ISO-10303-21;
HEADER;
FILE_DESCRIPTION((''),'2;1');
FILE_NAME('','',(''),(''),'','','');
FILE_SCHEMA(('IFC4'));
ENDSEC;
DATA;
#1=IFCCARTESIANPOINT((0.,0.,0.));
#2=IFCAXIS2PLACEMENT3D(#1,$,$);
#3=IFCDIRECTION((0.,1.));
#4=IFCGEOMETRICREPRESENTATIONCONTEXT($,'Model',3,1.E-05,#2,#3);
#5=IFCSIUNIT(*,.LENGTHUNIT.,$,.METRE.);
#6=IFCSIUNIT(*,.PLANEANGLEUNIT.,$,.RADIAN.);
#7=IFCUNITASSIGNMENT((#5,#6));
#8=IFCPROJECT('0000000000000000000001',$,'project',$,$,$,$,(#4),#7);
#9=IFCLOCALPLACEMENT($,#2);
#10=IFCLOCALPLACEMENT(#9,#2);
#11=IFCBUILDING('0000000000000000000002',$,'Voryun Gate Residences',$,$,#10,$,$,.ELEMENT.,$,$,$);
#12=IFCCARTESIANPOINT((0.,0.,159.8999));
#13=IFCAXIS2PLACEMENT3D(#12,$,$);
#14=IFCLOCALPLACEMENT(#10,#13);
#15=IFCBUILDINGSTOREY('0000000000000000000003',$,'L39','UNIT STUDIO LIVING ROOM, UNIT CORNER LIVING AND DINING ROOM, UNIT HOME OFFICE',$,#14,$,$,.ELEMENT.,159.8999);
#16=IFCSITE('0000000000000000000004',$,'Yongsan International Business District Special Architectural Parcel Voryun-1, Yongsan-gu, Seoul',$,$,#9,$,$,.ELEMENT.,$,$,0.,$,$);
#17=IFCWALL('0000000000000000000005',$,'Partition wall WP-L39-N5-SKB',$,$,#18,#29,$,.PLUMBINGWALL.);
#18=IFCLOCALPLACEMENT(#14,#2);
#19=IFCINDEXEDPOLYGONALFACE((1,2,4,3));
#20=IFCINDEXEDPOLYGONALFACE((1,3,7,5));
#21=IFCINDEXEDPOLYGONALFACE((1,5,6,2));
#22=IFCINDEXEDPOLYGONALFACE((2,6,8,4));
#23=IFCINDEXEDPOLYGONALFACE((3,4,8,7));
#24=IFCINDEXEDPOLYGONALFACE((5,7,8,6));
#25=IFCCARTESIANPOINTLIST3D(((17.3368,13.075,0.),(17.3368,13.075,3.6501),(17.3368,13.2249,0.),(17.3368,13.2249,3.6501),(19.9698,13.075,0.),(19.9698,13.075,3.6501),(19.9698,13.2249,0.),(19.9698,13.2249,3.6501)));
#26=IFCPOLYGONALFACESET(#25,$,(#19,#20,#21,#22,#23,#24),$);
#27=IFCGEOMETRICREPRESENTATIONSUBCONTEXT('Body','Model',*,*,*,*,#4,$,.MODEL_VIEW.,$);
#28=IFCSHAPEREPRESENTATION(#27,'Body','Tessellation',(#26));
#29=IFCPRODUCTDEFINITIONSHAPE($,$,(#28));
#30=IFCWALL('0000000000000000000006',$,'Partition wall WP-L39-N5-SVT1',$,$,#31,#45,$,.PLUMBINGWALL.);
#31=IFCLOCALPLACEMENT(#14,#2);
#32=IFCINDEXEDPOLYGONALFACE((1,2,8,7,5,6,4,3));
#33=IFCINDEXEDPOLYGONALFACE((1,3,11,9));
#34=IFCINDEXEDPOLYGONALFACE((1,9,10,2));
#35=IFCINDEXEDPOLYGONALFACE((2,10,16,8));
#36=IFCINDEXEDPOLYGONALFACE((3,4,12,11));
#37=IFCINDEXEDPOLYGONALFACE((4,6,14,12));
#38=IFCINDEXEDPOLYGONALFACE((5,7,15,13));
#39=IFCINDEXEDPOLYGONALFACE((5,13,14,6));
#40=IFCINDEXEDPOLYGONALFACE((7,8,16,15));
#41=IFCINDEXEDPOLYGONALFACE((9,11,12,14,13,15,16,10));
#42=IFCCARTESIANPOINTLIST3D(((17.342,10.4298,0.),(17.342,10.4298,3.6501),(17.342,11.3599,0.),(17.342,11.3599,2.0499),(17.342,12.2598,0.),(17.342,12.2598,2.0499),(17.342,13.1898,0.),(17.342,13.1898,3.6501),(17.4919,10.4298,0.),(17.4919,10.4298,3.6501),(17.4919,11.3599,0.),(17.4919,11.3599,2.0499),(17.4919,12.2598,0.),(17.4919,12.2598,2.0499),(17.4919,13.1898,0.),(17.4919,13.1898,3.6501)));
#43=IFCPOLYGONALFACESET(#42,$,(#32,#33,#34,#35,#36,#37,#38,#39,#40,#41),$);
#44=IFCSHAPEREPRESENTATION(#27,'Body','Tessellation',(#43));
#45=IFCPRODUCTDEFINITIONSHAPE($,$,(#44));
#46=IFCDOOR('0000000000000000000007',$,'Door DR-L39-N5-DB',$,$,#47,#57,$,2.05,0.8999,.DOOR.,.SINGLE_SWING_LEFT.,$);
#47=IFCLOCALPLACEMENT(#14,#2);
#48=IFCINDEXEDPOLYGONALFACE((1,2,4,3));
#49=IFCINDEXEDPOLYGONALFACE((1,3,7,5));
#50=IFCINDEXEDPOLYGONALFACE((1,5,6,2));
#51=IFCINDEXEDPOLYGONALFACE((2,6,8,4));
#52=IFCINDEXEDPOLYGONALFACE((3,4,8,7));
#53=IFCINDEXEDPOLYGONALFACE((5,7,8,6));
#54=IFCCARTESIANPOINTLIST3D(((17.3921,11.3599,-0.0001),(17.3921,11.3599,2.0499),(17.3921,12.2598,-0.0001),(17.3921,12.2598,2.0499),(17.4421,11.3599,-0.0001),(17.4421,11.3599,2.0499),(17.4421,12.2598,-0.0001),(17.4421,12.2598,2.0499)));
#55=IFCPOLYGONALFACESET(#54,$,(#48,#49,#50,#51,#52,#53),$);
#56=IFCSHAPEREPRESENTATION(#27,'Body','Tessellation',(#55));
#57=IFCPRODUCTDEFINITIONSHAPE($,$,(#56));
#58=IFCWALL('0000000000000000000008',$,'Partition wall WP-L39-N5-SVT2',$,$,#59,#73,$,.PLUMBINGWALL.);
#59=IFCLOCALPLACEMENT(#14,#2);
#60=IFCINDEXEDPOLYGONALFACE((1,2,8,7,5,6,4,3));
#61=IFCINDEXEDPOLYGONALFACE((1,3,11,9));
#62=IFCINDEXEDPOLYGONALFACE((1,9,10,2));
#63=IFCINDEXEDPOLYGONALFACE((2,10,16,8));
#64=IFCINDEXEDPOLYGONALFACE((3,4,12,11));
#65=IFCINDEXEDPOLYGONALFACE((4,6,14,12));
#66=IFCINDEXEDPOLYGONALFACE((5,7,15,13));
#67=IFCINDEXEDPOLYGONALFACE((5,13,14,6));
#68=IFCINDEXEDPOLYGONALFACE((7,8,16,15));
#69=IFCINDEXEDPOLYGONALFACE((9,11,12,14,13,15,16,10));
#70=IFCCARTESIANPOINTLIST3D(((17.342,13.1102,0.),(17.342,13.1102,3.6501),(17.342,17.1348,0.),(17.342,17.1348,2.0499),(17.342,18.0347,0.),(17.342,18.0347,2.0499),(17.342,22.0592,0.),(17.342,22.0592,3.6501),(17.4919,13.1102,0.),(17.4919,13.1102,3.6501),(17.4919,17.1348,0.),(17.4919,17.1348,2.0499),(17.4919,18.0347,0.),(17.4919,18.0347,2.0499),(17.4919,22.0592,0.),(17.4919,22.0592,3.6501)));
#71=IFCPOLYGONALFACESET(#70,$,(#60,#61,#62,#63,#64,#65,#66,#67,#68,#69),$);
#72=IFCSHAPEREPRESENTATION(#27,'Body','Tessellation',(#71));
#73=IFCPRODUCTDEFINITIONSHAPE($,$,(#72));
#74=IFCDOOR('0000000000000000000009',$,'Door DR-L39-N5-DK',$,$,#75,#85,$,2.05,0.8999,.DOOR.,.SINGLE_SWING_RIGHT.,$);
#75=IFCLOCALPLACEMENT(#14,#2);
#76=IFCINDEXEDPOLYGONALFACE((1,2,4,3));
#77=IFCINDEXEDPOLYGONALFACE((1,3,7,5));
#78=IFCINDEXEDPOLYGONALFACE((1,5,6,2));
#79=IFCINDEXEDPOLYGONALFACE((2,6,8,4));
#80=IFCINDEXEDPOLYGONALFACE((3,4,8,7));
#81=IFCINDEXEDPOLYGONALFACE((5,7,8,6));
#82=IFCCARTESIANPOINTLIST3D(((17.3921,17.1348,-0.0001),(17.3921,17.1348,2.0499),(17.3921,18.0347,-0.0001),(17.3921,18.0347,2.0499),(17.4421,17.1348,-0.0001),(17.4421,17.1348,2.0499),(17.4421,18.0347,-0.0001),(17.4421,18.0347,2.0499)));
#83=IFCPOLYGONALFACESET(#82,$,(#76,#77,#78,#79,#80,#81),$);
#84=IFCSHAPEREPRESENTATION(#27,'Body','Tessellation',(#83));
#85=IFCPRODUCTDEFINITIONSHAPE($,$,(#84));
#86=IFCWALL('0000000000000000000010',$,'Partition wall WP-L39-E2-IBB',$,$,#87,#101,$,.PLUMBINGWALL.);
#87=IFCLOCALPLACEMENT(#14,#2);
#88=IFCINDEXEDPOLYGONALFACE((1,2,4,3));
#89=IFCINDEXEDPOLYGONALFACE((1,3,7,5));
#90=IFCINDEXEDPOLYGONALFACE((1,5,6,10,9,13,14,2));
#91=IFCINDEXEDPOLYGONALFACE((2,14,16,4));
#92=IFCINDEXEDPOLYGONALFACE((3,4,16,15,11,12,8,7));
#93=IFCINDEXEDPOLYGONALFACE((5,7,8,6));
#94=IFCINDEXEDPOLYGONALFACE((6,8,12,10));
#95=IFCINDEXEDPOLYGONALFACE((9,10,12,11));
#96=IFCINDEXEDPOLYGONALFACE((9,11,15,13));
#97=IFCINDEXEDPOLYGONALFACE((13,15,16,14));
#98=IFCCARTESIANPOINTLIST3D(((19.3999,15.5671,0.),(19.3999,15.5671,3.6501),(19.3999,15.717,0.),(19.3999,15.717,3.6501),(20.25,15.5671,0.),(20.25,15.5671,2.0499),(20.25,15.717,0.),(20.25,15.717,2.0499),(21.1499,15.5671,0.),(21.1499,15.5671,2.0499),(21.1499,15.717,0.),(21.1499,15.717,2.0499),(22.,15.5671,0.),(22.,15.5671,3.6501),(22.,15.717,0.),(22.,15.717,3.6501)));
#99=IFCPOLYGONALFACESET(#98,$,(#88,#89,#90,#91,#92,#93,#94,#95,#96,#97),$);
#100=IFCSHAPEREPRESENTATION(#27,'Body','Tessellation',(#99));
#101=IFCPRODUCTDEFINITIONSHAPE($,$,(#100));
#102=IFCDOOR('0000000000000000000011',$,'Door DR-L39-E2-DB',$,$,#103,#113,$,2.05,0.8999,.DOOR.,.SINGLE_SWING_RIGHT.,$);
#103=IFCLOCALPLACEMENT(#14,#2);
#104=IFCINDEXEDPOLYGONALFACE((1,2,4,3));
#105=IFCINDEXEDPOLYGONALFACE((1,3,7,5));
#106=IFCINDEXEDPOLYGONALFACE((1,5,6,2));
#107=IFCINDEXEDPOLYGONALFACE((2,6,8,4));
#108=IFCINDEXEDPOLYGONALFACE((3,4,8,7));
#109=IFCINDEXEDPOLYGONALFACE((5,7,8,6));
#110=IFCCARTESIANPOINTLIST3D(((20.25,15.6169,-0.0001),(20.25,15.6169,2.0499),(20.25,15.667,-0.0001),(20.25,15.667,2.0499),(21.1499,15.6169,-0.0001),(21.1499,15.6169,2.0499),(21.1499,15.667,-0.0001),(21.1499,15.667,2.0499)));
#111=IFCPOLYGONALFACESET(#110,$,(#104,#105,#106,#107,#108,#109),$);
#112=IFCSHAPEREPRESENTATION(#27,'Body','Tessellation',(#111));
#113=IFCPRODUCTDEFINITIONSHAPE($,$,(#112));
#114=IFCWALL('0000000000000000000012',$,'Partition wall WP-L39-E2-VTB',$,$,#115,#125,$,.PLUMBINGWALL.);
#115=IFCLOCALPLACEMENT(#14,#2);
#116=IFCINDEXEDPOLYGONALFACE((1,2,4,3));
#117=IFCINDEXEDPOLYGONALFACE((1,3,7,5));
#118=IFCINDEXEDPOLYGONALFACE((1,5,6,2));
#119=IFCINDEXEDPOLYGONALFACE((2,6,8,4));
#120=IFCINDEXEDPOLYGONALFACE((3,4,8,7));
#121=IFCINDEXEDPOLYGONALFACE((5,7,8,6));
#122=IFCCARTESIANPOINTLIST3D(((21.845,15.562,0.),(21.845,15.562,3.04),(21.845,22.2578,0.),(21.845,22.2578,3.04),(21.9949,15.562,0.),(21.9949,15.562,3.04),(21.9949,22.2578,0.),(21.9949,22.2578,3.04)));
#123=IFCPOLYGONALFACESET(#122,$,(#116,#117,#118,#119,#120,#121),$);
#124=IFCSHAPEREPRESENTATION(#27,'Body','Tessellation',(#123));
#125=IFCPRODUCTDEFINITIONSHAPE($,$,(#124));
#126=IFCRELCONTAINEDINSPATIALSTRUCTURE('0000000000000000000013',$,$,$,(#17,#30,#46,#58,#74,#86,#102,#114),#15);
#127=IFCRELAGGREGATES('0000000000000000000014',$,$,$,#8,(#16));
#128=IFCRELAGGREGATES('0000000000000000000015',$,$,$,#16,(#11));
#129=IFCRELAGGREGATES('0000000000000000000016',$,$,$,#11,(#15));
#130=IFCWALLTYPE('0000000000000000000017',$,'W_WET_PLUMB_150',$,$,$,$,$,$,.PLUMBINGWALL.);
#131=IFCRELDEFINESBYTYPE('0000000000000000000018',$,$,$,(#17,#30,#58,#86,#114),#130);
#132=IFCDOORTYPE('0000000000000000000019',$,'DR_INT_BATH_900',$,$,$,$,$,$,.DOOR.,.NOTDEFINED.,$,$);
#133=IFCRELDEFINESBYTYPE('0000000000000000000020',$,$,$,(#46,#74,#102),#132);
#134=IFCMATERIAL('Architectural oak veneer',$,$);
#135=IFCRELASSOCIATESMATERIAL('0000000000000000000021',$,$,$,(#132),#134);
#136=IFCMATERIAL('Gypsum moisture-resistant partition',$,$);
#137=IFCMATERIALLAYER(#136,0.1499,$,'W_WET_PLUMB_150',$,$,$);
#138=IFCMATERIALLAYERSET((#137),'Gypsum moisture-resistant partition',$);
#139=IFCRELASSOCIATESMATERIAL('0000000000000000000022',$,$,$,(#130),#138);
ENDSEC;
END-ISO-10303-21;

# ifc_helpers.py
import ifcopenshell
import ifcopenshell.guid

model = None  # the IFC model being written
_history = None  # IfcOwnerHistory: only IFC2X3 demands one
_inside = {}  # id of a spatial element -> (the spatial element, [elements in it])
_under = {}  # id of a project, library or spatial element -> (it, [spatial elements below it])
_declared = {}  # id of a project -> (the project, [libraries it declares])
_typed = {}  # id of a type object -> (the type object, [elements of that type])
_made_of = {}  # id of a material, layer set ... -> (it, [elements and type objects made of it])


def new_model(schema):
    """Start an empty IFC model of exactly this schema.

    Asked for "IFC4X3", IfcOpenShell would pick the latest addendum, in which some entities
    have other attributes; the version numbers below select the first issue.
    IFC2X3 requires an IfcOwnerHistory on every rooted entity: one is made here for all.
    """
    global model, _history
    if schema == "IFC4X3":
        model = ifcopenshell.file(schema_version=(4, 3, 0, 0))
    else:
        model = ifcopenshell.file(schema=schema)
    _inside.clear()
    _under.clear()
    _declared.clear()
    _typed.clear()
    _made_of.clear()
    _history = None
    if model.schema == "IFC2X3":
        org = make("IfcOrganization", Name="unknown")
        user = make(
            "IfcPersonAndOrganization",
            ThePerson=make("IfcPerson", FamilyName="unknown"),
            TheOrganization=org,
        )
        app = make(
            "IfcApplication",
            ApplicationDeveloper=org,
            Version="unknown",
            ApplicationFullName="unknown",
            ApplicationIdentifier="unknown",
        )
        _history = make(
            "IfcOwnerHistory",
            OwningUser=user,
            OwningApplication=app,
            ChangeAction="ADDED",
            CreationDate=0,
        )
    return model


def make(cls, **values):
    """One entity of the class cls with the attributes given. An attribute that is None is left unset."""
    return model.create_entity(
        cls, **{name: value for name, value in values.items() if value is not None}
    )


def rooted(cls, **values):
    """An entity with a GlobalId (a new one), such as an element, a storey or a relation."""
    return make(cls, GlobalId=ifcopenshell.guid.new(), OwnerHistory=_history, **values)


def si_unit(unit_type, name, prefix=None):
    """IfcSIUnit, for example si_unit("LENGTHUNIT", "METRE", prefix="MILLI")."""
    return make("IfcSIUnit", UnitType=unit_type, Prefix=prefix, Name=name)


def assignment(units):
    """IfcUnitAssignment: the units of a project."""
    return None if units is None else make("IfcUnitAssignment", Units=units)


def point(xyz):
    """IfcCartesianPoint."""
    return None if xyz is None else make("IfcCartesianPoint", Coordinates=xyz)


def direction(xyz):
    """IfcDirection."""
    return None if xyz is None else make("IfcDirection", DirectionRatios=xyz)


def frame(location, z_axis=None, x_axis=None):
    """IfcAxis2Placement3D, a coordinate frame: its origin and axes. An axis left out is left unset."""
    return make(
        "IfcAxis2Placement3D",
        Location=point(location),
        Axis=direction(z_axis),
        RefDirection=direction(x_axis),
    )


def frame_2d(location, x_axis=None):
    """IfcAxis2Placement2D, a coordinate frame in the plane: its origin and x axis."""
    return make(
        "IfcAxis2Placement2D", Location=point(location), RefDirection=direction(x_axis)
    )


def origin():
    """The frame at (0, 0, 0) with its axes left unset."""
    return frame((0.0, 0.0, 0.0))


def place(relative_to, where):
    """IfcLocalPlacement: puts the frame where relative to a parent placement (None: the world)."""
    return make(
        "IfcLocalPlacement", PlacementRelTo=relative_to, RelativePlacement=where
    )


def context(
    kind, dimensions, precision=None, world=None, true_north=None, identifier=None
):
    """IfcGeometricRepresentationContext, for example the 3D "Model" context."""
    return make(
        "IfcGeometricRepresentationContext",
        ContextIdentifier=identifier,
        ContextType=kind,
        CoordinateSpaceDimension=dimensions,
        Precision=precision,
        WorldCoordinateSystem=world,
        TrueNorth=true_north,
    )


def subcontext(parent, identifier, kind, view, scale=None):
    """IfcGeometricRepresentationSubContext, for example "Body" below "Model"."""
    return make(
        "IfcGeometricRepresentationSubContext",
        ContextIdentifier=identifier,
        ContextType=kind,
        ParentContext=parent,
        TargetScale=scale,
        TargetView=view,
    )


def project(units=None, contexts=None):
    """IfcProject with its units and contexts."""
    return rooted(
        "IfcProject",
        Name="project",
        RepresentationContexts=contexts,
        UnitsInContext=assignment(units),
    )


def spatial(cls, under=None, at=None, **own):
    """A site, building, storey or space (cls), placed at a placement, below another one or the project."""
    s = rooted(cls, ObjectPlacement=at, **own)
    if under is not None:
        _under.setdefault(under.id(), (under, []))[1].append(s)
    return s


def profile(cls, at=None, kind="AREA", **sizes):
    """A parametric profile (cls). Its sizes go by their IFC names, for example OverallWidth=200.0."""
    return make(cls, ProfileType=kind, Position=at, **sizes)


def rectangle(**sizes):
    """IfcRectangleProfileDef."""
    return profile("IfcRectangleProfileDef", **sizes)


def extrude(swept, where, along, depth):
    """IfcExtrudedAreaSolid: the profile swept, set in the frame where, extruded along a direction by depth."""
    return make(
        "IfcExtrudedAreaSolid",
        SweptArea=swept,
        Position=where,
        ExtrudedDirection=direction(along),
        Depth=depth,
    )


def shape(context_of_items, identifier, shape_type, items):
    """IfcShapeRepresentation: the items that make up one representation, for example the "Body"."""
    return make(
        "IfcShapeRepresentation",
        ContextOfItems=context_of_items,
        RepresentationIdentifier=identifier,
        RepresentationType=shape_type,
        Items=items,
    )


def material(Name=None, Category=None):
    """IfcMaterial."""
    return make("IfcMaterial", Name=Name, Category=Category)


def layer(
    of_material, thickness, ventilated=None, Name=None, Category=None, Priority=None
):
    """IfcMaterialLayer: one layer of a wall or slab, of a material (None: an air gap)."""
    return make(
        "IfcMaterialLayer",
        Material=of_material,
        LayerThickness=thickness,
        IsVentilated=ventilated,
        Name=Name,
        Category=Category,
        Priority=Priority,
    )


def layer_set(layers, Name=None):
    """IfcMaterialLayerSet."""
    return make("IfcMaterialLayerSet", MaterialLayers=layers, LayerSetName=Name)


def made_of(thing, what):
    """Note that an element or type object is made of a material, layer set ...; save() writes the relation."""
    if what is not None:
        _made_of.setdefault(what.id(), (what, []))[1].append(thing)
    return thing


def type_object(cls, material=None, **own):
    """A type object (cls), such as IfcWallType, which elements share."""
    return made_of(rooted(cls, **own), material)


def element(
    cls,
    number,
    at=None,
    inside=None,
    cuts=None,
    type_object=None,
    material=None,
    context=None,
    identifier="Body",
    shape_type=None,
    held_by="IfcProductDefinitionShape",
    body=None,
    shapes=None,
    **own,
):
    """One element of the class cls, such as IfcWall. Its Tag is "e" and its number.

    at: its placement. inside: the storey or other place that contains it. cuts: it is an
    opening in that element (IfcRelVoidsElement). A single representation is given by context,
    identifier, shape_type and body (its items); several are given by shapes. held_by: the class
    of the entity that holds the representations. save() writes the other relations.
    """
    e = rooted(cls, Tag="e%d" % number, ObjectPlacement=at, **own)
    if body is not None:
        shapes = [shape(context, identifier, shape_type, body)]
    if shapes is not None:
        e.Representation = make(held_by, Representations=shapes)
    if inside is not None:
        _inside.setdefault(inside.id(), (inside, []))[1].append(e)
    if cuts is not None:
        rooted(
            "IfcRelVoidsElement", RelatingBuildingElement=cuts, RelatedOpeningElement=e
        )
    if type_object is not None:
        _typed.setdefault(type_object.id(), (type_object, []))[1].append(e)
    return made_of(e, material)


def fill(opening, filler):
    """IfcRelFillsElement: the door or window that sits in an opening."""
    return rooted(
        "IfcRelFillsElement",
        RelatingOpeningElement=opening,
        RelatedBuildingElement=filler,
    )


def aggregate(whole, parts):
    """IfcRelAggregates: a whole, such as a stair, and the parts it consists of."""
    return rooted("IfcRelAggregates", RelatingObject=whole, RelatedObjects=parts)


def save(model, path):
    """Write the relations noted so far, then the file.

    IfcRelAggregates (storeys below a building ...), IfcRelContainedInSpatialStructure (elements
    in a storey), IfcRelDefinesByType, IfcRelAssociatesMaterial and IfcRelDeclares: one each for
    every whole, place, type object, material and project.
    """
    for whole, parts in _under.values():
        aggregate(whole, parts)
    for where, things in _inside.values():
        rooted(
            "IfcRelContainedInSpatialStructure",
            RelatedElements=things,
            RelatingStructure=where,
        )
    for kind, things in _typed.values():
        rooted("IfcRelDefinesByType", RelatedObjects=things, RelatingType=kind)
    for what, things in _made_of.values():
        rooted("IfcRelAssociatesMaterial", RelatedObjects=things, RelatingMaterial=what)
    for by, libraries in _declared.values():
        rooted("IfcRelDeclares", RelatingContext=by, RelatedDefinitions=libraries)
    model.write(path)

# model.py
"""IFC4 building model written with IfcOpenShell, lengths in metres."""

from ifc_helpers import new_model, si_unit, direction, frame, frame_2d, origin, place, context, subcontext, project, spatial, rectangle, extrude, material, layer, layer_set, type_object, element, fill, save


model = new_model("IFC4")

# Units and contexts
model_context = context("Model", 3, precision=1e-05, world=origin(), true_north=direction((0.0, 1.0)))
body_context = subcontext(model_context, "Body", "Model", "MODEL_VIEW")
ifc_project = project(units=[si_unit("LENGTHUNIT", "METRE"), si_unit("PLANEANGLEUNIT", "RADIAN")], contexts=[model_context])

# Site, building, storey
site_placement = place(None, origin())
site = spatial("IfcSite", under=ifc_project, at=site_placement, Name="Yongsan International Business District Special Architectural Parcel Voryun-1, Yongsan-gu, Seoul", CompositionType="ELEMENT", RefElevation=0.0)
building_placement = place(site_placement, origin())
building = spatial("IfcBuilding", under=site, at=building_placement, Name="Voryun Gate Residences", CompositionType="ELEMENT")
storey_placement = place(building_placement, frame((0.0, 0.0, 159.8999)))
storey = spatial("IfcBuildingStorey", under=building, at=storey_placement, Name="L39", Description="UNIT STUDIO LIVING ROOM, UNIT CORNER LIVING AND DINING ROOM, UNIT HOME OFFICE", CompositionType="ELEMENT", Elevation=159.8999)

# Shared definitions
ifc_material_1 = material(Name="Architectural oak veneer")
door_type_1 = type_object("IfcDoorType", Name="DR_INT_BATH_900", OperationType="NOTDEFINED", PredefinedType="DOOR", material=ifc_material_1)

# Wall
ifc_material_2 = material(Name="Gypsum moisture-resistant partition")
ifc_layer_1 = layer(ifc_material_2, 0.1499, Name="W_WET_PLUMB_150")
ifc_layer_set_1 = layer_set([ifc_layer_1], Name="Gypsum moisture-resistant partition")
wall_type_1 = type_object("IfcWallType", Name="W_WET_PLUMB_150", PredefinedType="PLUMBINGWALL", material=ifc_layer_set_1)
wall_1_placement = place(storey_placement, frame((17.3369, 13.1499, 0.0), z_axis=(0.0, 0.0, 1.0), x_axis=(1.0, 0.0, 0.0)))
element("IfcWall", 1, at=wall_1_placement, inside=storey, type_object=wall_type_1, Name="Partition wall WP-L39-N5-SKB", PredefinedType="PLUMBINGWALL", context=body_context, shape_type="SweptSolid", body=[
    extrude(rectangle(XDim=2.6331, YDim=0.1499, at=frame_2d((1.3164, 0.0))), origin(), (0.0, 0.0, 1.0), 3.6501),
])

# Walls, openings, doors
wall_2_placement = place(storey_placement, frame((17.417, 10.4299, 0.0), z_axis=(0.0, 0.0, 1.0), x_axis=(0.0, 1.0, 0.0)))
wall_2 = element("IfcWall", 2, at=wall_2_placement, inside=storey, type_object=wall_type_1, Name="Partition wall WP-L39-N5-SVT1", PredefinedType="PLUMBINGWALL", context=body_context, shape_type="SweptSolid", body=[
    extrude(rectangle(XDim=2.76, YDim=0.1499, at=frame_2d((1.3799, 0.0))), origin(), (0.0, 0.0, 1.0), 3.6501),
])
opening_1_placement = place(wall_2_placement, frame((0.9299, 0.0, 0.0)))
opening_1 = element("IfcOpeningElement", 3, at=opening_1_placement, cuts=wall_2, PredefinedType="OPENING", context=body_context, shape_type="SweptSolid", body=[
    extrude(rectangle(XDim=0.8999, YDim=2.05, at=frame_2d((0.45, 1.0249))), frame((0.0, 0.085, 0.0), z_axis=(0.0, -1.0, 0.0), x_axis=(1.0, 0.0, 0.0)), (0.0, 0.0, 1.0), 0.1699),
])
door_1_placement = place(opening_1_placement, origin())
door_1 = element("IfcDoor", 4, at=door_1_placement, inside=storey, type_object=door_type_1, Name="Door DR-L39-N5-DB", OperationType="SINGLE_SWING_LEFT", OverallHeight=2.05, OverallWidth=0.8999, PredefinedType="DOOR", context=body_context, shape_type="SweptSolid", body=[
    extrude(rectangle(XDim=0.8999, YDim=2.05, at=frame_2d((0.45, 1.0249))), frame((0.0, 0.0249, 0.0), z_axis=(0.0, -1.0, 0.0), x_axis=(1.0, 0.0, 0.0)), (0.0, 0.0, 1.0), 0.05),
])
fill(opening_1, door_1)
wall_3_placement = place(storey_placement, frame((17.417, 13.1101, 0.0), z_axis=(0.0, 0.0, 1.0), x_axis=(0.0, 1.0, 0.0)))
wall_3 = element("IfcWall", 5, at=wall_3_placement, inside=storey, type_object=wall_type_1, Name="Partition wall WP-L39-N5-SVT2", PredefinedType="PLUMBINGWALL", context=body_context, shape_type="SweptSolid", body=[
    extrude(rectangle(XDim=8.949, YDim=0.1499, at=frame_2d((4.4746, 0.0))), origin(), (0.0, 0.0, 1.0), 3.6501),
])
opening_2_placement = place(wall_3_placement, frame((4.0247, 0.0, 0.0)))
opening_2 = element("IfcOpeningElement", 6, at=opening_2_placement, cuts=wall_3, PredefinedType="OPENING", context=body_context, shape_type="SweptSolid", body=[
    extrude(rectangle(XDim=0.8999, YDim=2.05, at=frame_2d((0.45, 1.0249))), frame((0.0, 0.085, 0.0), z_axis=(0.0, -1.0, 0.0), x_axis=(1.0, 0.0, 0.0)), (0.0, 0.0, 1.0), 0.1699),
])
door_2_placement = place(opening_2_placement, origin())
door_2 = element("IfcDoor", 7, at=door_2_placement, inside=storey, type_object=door_type_1, Name="Door DR-L39-N5-DK", OperationType="SINGLE_SWING_RIGHT", OverallHeight=2.05, OverallWidth=0.8999, PredefinedType="DOOR", context=body_context, shape_type="SweptSolid", body=[
    extrude(rectangle(XDim=0.8999, YDim=2.05, at=frame_2d((0.45, 1.0249))), frame((0.0, 0.0249, 0.0), z_axis=(0.0, -1.0, 0.0), x_axis=(1.0, 0.0, 0.0)), (0.0, 0.0, 1.0), 0.05),
])
fill(opening_2, door_2)
wall_4_placement = place(storey_placement, frame((19.3999, 15.6421, 0.0), z_axis=(0.0, 0.0, 1.0), x_axis=(1.0, 0.0, 0.0)))
wall_4 = element("IfcWall", 8, at=wall_4_placement, inside=storey, type_object=wall_type_1, Name="Partition wall WP-L39-E2-IBB", PredefinedType="PLUMBINGWALL", context=body_context, shape_type="SweptSolid", body=[
    extrude(rectangle(XDim=2.6001, YDim=0.1499, at=frame_2d((1.3, 0.0))), origin(), (0.0, 0.0, 1.0), 3.6501),
])
opening_3_placement = place(wall_4_placement, frame((0.8501, 0.0, 0.0)))
opening_3 = element("IfcOpeningElement", 9, at=opening_3_placement, cuts=wall_4, PredefinedType="OPENING", context=body_context, shape_type="SweptSolid", body=[
    extrude(rectangle(XDim=0.8999, YDim=2.05, at=frame_2d((0.45, 1.0249))), frame((0.0, 0.085, 0.0), z_axis=(0.0, -1.0, 0.0), x_axis=(1.0, 0.0, 0.0)), (0.0, 0.0, 1.0), 0.1699),
])
door_3_placement = place(opening_3_placement, origin())
door_3 = element("IfcDoor", 10, at=door_3_placement, inside=storey, type_object=door_type_1, Name="Door DR-L39-E2-DB", OperationType="SINGLE_SWING_RIGHT", OverallHeight=2.05, OverallWidth=0.8999, PredefinedType="DOOR", context=body_context, shape_type="SweptSolid", body=[
    extrude(rectangle(XDim=0.8999, YDim=2.05, at=frame_2d((0.45, 1.0249))), frame((0.0, 0.0249, 0.0), z_axis=(0.0, -1.0, 0.0), x_axis=(1.0, 0.0, 0.0)), (0.0, 0.0, 1.0), 0.05),
])
fill(opening_3, door_3)

# Wall
wall_5_placement = place(storey_placement, frame((21.9199, 15.562, 0.0), z_axis=(0.0, 0.0, 1.0), x_axis=(0.0, 1.0, 0.0)))
element("IfcWall", 11, at=wall_5_placement, inside=storey, type_object=wall_type_1, Name="Partition wall WP-L39-E2-VTB", PredefinedType="PLUMBINGWALL", context=body_context, shape_type="SweptSolid", body=[
    extrude(rectangle(XDim=6.6958, YDim=0.1499, at=frame_2d((3.3479, 0.0))), origin(), (0.0, 0.0, 1.0), 3.04),
])

save(model, "model.ifc")
